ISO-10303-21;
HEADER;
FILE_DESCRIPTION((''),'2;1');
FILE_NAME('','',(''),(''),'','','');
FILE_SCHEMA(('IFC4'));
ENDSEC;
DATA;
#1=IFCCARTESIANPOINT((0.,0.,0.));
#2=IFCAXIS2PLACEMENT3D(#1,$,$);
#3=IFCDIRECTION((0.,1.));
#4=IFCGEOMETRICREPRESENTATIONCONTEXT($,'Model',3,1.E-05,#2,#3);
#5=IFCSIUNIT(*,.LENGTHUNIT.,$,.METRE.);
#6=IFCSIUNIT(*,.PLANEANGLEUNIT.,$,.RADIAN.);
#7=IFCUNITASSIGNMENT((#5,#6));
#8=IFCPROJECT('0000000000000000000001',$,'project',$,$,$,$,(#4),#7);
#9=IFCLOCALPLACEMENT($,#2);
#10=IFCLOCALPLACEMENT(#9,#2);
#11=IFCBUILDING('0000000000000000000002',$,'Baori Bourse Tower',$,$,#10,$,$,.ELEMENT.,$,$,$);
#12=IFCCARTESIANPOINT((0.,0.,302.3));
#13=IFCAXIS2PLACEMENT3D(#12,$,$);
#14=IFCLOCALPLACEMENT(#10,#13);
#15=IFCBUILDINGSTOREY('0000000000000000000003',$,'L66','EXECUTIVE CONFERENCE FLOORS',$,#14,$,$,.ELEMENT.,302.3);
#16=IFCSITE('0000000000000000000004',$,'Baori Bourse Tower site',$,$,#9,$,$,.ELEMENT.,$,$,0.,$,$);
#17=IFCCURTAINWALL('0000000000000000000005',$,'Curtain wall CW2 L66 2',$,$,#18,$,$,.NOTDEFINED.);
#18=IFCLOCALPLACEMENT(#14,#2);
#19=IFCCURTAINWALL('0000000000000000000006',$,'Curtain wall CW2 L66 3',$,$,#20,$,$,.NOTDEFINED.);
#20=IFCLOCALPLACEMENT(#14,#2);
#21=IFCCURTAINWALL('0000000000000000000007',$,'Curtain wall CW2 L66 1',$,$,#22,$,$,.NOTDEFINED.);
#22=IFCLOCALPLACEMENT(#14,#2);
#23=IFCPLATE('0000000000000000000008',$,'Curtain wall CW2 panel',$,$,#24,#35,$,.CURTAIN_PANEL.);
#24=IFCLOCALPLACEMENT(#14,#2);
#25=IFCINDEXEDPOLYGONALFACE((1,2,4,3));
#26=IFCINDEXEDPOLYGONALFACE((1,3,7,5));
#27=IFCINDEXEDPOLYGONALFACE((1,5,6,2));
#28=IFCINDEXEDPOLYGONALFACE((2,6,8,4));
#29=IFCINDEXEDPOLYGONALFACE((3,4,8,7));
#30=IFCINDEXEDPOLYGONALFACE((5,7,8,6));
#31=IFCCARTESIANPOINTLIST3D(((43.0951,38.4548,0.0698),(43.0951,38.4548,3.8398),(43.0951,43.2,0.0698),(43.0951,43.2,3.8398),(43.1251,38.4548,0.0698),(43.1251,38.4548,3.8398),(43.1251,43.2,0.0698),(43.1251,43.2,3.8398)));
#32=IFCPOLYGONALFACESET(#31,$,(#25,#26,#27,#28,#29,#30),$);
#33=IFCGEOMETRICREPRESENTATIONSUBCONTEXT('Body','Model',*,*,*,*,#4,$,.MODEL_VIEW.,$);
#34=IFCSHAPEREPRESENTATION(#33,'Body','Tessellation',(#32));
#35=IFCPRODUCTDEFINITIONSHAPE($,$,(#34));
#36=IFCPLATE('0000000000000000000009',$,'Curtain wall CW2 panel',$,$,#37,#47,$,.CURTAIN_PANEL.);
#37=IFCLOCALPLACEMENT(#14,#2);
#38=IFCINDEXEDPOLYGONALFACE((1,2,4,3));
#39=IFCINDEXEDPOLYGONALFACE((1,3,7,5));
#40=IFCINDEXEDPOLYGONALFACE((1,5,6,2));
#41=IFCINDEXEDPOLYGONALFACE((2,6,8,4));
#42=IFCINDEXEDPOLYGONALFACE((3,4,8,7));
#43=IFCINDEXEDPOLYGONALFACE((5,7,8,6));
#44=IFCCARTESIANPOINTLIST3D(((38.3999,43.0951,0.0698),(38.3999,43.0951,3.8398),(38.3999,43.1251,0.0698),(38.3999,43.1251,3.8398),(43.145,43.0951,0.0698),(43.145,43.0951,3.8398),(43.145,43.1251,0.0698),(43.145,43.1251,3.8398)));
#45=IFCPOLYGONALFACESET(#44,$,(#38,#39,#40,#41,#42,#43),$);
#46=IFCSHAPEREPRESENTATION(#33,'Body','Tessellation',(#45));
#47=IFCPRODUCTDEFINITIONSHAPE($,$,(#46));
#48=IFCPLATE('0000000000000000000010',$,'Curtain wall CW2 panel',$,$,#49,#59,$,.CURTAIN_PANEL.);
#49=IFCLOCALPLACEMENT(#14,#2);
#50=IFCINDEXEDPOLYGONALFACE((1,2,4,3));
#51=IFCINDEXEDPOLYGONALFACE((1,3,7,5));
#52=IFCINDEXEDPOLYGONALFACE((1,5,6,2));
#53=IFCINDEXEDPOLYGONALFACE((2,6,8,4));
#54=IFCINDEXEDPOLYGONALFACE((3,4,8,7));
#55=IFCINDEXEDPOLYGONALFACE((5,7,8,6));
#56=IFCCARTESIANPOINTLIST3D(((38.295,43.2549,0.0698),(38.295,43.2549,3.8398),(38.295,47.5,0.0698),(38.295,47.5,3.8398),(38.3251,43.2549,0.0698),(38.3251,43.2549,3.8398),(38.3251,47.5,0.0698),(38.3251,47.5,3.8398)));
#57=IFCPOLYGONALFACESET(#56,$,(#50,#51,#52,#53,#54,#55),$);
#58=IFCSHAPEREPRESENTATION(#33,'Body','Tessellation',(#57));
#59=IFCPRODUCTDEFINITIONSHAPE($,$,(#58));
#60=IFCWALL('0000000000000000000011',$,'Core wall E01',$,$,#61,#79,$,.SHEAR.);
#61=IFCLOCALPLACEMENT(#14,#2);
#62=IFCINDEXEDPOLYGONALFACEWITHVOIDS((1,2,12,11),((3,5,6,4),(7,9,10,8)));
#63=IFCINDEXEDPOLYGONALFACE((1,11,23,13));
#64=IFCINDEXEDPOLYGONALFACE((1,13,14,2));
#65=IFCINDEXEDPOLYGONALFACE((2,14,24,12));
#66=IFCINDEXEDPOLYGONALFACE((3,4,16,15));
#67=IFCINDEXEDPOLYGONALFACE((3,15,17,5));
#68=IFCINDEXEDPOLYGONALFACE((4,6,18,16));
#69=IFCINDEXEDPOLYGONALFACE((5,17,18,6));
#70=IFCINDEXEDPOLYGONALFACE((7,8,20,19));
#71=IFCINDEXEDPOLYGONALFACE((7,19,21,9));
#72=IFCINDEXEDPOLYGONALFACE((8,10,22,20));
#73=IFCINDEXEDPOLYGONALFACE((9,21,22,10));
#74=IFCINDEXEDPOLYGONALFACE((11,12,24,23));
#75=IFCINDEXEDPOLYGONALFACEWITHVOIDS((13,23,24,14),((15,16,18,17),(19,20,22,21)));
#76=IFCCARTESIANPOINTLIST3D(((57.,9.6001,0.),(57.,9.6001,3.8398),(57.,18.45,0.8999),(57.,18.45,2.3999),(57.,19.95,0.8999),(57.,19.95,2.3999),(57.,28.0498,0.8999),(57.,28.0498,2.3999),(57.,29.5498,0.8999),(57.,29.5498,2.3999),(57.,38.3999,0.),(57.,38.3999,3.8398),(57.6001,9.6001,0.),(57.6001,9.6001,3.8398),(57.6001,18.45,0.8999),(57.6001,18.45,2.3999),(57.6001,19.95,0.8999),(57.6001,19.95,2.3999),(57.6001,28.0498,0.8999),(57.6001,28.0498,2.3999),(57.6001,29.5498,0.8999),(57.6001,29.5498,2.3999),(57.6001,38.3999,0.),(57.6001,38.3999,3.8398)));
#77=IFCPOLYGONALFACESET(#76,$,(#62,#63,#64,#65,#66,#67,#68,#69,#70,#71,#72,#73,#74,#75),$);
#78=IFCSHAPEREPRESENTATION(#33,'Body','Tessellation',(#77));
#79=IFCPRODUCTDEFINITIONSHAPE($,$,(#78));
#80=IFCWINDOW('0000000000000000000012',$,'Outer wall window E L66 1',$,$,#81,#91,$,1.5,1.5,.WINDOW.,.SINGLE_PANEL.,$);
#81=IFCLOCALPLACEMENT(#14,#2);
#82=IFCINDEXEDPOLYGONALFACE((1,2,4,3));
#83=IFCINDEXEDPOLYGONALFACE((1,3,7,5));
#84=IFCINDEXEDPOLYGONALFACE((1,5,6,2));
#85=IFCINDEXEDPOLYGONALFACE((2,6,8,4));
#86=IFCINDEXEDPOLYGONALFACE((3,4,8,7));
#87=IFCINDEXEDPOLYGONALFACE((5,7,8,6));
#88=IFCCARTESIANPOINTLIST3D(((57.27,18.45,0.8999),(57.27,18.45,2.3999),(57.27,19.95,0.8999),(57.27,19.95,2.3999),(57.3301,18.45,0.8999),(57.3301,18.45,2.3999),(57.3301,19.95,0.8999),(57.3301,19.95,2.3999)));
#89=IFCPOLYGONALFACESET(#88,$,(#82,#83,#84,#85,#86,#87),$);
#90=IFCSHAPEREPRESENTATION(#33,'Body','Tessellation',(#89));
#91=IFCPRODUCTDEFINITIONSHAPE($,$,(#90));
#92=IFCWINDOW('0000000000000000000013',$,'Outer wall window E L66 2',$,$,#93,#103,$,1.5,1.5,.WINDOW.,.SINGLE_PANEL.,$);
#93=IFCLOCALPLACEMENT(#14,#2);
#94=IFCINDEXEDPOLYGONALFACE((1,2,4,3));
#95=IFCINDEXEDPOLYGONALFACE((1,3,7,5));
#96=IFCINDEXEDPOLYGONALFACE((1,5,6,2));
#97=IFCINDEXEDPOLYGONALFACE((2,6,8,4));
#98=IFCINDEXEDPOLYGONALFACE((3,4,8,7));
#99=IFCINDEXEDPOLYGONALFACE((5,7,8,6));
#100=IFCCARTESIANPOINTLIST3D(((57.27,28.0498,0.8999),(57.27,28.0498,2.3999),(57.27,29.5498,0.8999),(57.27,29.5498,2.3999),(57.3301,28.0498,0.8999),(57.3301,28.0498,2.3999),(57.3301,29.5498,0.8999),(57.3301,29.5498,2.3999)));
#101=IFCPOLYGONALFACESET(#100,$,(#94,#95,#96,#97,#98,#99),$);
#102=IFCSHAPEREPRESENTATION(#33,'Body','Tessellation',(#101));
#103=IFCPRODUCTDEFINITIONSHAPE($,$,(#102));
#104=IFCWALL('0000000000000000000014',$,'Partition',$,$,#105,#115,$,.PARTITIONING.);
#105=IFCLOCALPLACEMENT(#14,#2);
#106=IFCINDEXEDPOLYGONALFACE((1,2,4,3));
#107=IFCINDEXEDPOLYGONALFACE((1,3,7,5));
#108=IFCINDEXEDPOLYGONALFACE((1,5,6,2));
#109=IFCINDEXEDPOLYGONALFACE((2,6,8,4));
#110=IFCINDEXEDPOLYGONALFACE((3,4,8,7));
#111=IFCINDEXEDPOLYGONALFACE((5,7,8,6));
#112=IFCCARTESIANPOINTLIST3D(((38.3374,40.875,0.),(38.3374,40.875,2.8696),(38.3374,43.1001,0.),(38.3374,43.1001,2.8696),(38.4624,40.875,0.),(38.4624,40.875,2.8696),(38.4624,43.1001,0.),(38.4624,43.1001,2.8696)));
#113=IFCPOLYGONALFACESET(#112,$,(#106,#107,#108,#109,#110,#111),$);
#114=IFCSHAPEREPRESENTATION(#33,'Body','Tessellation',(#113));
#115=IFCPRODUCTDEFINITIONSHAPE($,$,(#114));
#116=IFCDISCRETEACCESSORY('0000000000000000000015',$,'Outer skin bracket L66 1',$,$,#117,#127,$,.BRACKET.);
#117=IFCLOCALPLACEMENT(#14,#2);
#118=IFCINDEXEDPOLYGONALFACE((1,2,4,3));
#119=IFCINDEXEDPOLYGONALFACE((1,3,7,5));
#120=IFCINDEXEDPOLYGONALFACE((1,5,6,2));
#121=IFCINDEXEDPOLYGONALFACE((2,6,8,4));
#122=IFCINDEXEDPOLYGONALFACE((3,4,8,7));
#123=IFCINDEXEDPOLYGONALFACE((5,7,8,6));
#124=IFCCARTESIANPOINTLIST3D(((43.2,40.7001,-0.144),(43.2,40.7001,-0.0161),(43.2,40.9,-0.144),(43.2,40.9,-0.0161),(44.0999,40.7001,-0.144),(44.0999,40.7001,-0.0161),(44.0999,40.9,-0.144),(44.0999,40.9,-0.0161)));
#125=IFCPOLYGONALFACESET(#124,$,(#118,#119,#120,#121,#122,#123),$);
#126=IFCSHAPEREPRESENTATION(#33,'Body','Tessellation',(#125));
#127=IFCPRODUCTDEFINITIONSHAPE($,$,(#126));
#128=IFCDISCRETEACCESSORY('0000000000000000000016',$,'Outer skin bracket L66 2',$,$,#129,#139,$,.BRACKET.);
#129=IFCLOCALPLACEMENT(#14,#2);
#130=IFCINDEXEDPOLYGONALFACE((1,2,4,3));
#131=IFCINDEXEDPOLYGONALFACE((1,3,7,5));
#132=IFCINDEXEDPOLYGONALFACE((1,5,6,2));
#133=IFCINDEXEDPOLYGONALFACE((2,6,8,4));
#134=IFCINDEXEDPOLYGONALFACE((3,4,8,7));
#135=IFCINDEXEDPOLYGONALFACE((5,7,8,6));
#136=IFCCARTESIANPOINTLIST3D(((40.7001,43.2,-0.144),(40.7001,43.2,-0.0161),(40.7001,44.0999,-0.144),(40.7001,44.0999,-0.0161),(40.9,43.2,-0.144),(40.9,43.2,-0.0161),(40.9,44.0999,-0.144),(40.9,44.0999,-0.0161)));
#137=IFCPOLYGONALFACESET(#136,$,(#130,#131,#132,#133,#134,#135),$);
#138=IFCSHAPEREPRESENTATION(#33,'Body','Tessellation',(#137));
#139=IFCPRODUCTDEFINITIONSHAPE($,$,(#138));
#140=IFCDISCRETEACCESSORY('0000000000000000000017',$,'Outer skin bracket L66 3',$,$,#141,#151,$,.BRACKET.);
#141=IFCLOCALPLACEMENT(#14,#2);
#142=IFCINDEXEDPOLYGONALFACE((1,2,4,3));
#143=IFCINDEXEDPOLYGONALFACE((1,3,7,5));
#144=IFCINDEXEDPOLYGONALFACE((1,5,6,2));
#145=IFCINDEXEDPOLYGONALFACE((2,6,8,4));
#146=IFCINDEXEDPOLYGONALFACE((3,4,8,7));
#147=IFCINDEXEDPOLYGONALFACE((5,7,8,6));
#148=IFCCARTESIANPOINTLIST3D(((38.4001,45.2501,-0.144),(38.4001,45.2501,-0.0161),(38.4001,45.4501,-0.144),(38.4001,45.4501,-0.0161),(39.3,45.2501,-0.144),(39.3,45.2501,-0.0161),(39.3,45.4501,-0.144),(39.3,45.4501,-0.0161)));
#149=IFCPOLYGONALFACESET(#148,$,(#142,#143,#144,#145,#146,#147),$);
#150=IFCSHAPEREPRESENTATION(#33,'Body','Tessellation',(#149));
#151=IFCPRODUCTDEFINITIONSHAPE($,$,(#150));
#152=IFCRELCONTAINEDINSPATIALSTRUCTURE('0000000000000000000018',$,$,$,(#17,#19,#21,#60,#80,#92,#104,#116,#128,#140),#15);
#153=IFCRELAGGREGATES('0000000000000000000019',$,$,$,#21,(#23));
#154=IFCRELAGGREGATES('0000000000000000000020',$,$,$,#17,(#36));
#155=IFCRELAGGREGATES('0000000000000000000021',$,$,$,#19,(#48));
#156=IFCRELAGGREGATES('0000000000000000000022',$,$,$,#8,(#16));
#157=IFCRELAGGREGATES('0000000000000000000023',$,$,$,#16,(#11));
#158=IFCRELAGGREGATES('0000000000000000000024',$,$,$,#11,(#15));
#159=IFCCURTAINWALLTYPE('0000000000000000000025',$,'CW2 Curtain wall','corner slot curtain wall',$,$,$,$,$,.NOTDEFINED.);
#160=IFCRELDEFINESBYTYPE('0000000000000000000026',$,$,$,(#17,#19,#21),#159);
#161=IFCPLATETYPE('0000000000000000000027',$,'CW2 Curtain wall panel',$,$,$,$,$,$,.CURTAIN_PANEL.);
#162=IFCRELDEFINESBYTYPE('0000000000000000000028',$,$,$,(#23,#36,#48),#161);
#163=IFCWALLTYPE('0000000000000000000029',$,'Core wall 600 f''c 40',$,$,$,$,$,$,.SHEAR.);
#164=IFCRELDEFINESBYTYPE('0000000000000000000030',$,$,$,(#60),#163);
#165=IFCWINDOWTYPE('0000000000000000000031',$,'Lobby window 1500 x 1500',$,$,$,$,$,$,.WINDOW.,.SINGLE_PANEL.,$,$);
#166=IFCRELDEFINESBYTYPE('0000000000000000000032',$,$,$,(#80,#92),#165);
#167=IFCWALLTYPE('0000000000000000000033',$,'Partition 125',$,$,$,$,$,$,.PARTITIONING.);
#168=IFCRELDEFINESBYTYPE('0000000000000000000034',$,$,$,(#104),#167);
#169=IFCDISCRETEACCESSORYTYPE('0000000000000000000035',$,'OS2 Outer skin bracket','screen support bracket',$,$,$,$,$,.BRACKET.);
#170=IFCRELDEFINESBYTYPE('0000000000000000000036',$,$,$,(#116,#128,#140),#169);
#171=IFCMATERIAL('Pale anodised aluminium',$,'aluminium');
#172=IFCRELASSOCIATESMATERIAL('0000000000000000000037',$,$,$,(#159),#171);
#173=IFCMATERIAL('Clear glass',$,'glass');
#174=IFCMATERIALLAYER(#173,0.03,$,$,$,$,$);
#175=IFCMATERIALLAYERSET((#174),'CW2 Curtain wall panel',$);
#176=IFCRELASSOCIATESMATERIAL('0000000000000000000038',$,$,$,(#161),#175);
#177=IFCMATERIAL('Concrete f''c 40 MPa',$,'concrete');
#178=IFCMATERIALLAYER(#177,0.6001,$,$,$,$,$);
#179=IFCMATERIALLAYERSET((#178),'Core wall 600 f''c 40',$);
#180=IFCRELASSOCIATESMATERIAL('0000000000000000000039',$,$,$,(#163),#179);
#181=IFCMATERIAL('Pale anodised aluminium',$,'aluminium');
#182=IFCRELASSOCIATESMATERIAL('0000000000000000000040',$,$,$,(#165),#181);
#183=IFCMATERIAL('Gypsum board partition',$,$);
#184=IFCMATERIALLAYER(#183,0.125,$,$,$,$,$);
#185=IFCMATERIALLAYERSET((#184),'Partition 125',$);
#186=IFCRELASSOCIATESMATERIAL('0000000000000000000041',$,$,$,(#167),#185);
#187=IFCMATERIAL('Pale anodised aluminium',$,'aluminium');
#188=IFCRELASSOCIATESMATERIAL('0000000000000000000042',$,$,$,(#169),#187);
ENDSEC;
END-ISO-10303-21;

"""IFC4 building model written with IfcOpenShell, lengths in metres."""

from ifc_helpers import new_model, si_unit, direction, frame, frame_2d, origin, origin_2d, place, context, subcontext, project, spatial, rectangle, extrude, material, layer, layer_set, type_object, element, fill, aggregate, save


model = new_model("IFC4")

# Units and contexts
model_context = context("Model", 3, precision=1e-05, world=origin(), true_north=direction((0.0, 1.0)))
body_context = subcontext(model_context, "Body", "Model", "MODEL_VIEW")
ifc_project = project(units=[si_unit("LENGTHUNIT", "METRE"), si_unit("PLANEANGLEUNIT", "RADIAN")], contexts=[model_context])

# Site, building, storey
site_placement = place(None, origin())
site = spatial("IfcSite", under=ifc_project, at=site_placement, Name="Baori Bourse Tower site", CompositionType="ELEMENT", RefElevation=0.0)
building_placement = place(site_placement, origin())
building = spatial("IfcBuilding", under=site, at=building_placement, Name="Baori Bourse Tower", CompositionType="ELEMENT")
storey_placement = place(building_placement, frame((0.0, 0.0, 302.3)))
storey = spatial("IfcBuildingStorey", under=building, at=storey_placement, Name="L66", Description="EXECUTIVE CONFERENCE FLOORS", CompositionType="ELEMENT", Elevation=302.3)

# Curtain walls
ifc_material_1 = material(Name="Pale anodised aluminium", Category="aluminium")
curtain_wall_type = type_object("IfcCurtainWallType", Name="CW2 Curtain wall", Description="corner slot curtain wall", PredefinedType="NOTDEFINED", material=ifc_material_1)
curtain_wall_1_placement = place(storey_placement, origin())
curtain_wall_1 = element("IfcCurtainWall", 1, at=curtain_wall_1_placement, inside=storey, type_object=curtain_wall_type, Name="Curtain wall CW2 L66 2", PredefinedType="NOTDEFINED")
curtain_wall_2_placement = place(storey_placement, origin())
curtain_wall_2 = element("IfcCurtainWall", 2, at=curtain_wall_2_placement, inside=storey, type_object=curtain_wall_type, Name="Curtain wall CW2 L66 3", PredefinedType="NOTDEFINED")
curtain_wall_3_placement = place(storey_placement, origin())
curtain_wall_3 = element("IfcCurtainWall", 3, at=curtain_wall_3_placement, inside=storey, type_object=curtain_wall_type, Name="Curtain wall CW2 L66 1", PredefinedType="NOTDEFINED")

# Plates
ifc_material_2 = material(Name="Clear glass", Category="glass")
ifc_layer_1 = layer(ifc_material_2, 0.03)
ifc_layer_set_1 = layer_set([ifc_layer_1], Name="CW2 Curtain wall panel")
plate_type = type_object("IfcPlateType", Name="CW2 Curtain wall panel", PredefinedType="CURTAIN_PANEL", material=ifc_layer_set_1)
plate_1_placement = place(storey_placement, frame((43.1101, 40.8274, 0.0698), z_axis=(0.0, 0.0, 1.0), x_axis=(0.0, 1.0, 0.0)))
plate_1 = element("IfcPlate", 4, at=plate_1_placement, type_object=plate_type, Name="Curtain wall CW2 panel", PredefinedType="CURTAIN_PANEL", context=body_context, shape_type="SweptSolid", body=[
    extrude(rectangle(XDim=4.7451, YDim=0.03, at=origin_2d()), origin(), (0.0, 0.0, 1.0), 3.77),
])
aggregate(curtain_wall_3, [plate_1])
plate_2_placement = place(storey_placement, frame((40.7725, 43.1101, 0.0698), z_axis=(0.0, 0.0, 1.0), x_axis=(-1.0, 0.0, 0.0)))
plate_2 = element("IfcPlate", 5, at=plate_2_placement, type_object=plate_type, Name="Curtain wall CW2 panel", PredefinedType="CURTAIN_PANEL", context=body_context, shape_type="SweptSolid", body=[
    extrude(rectangle(XDim=4.7451, YDim=0.03, at=origin_2d()), origin(), (0.0, 0.0, 1.0), 3.77),
])
aggregate(curtain_wall_1, [plate_2])
plate_3_placement = place(storey_placement, frame((38.3101, 45.3774, 0.0698), z_axis=(0.0, 0.0, 1.0), x_axis=(0.0, 1.0, 0.0)))
plate_3 = element("IfcPlate", 6, at=plate_3_placement, type_object=plate_type, Name="Curtain wall CW2 panel", PredefinedType="CURTAIN_PANEL", context=body_context, shape_type="SweptSolid", body=[
    extrude(rectangle(XDim=4.2451, YDim=0.03, at=origin_2d()), origin(), (0.0, 0.0, 1.0), 3.77),
])
aggregate(curtain_wall_2, [plate_3])

# Wall, openings, windows
ifc_material_3 = material(Name="Concrete f'c 40 MPa", Category="concrete")
ifc_layer_2 = layer(ifc_material_3, 0.6001)
ifc_layer_set_2 = layer_set([ifc_layer_2], Name="Core wall 600 f'c 40")
wall_type_1 = type_object("IfcWallType", Name="Core wall 600 f'c 40", PredefinedType="SHEAR", material=ifc_layer_set_2)
wall_1_placement = place(storey_placement, frame((57.3, 38.3999, 0.0), z_axis=(0.0, 0.0, 1.0), x_axis=(0.0, -1.0, 0.0)))
wall_1 = element("IfcWall", 7, at=wall_1_placement, inside=storey, type_object=wall_type_1, Name="Core wall E01", PredefinedType="SHEAR", context=body_context, shape_type="SweptSolid", body=[
    extrude(rectangle(XDim=28.7998, YDim=0.6001, at=frame_2d((14.3999, 0.0))), origin(), (0.0, 0.0, 1.0), 3.8398),
])
opening_1_placement = place(wall_1_placement, frame((18.45, 0.0, 0.8999)))
opening_1 = element("IfcOpeningElement", 8, at=opening_1_placement, cuts=wall_1, PredefinedType="OPENING", context=body_context, shape_type="SweptSolid", body=[
    extrude(rectangle(XDim=1.5, YDim=1.5, at=frame_2d((0.75, 0.75))), frame((0.0, 0.3101, 0.0), z_axis=(0.0, -1.0, 0.0), x_axis=(1.0, 0.0, 0.0)), (0.0, 0.0, 1.0), 0.6201),
])
opening_2_placement = place(wall_1_placement, frame((8.8501, 0.0, 0.8999)))
opening_2 = element("IfcOpeningElement", 9, at=opening_2_placement, cuts=wall_1, PredefinedType="OPENING", context=body_context, shape_type="SweptSolid", body=[
    extrude(rectangle(XDim=1.5, YDim=1.5, at=frame_2d((0.75, 0.75))), frame((0.0, 0.3101, 0.0), z_axis=(0.0, -1.0, 0.0), x_axis=(1.0, 0.0, 0.0)), (0.0, 0.0, 1.0), 0.6201),
])
ifc_material_4 = material(Name="Pale anodised aluminium", Category="aluminium")
window_type = type_object("IfcWindowType", Name="Lobby window 1500 x 1500", PartitioningType="SINGLE_PANEL", PredefinedType="WINDOW", material=ifc_material_4)
window_1_placement = place(opening_1_placement, origin())
window_1 = element("IfcWindow", 10, at=window_1_placement, inside=storey, type_object=window_type, Name="Outer wall window E L66 1", OverallHeight=1.5, OverallWidth=1.5, PartitioningType="SINGLE_PANEL", PredefinedType="WINDOW", context=body_context, shape_type="SweptSolid", body=[
    extrude(rectangle(XDim=1.5, YDim=1.5, at=frame_2d((0.75, 0.75))), frame((0.0, 0.03, 0.0), z_axis=(0.0, -1.0, 0.0), x_axis=(1.0, 0.0, 0.0)), (0.0, 0.0, 1.0), 0.0601),
])
fill(opening_1, window_1)
window_2_placement = place(opening_2_placement, origin())
window_2 = element("IfcWindow", 11, at=window_2_placement, inside=storey, type_object=window_type, Name="Outer wall window E L66 2", OverallHeight=1.5, OverallWidth=1.5, PartitioningType="SINGLE_PANEL", PredefinedType="WINDOW", context=body_context, shape_type="SweptSolid", body=[
    extrude(rectangle(XDim=1.5, YDim=1.5, at=frame_2d((0.75, 0.75))), frame((0.0, 0.03, 0.0), z_axis=(0.0, -1.0, 0.0), x_axis=(1.0, 0.0, 0.0)), (0.0, 0.0, 1.0), 0.0601),
])
fill(opening_2, window_2)

# Wall
ifc_material_5 = material(Name="Gypsum board partition")
ifc_layer_3 = layer(ifc_material_5, 0.125)
ifc_layer_set_3 = layer_set([ifc_layer_3], Name="Partition 125")
wall_type_2 = type_object("IfcWallType", Name="Partition 125", PredefinedType="PARTITIONING", material=ifc_layer_set_3)
wall_2_placement = place(storey_placement, frame((38.3999, 40.875, 0.0), z_axis=(0.0, 0.0, 1.0), x_axis=(0.0, 1.0, 0.0)))
element("IfcWall", 12, at=wall_2_placement, inside=storey, type_object=wall_type_2, Name="Partition", PredefinedType="PARTITIONING", context=body_context, shape_type="SweptSolid", body=[
    extrude(rectangle(XDim=2.2251, YDim=0.125, at=frame_2d((1.1125, 0.0))), origin(), (0.0, 0.0, 1.0), 2.8696),
])

# Discrete accessories
ifc_material_6 = material(Name="Pale anodised aluminium", Category="aluminium")
discrete_accessory_type = type_object("IfcDiscreteAccessoryType", Name="OS2 Outer skin bracket", Description="screen support bracket", PredefinedType="BRACKET", material=ifc_material_6)
for number, where, z_axis, x_axis, name in (
    (13, (43.6499, 40.8, -0.144), (0.0, 0.0, 1.0), (0.0, 1.0, 0.0), "Outer skin bracket L66 1"),
    (14, (40.8, 43.6499, -0.144), (0.0, 0.0, 1.0), (-1.0, 0.0, 0.0), "Outer skin bracket L66 2"),
    (15, (38.8501, 45.3501, -0.144), (0.0, 0.0, 1.0), (0.0, 1.0, 0.0), "Outer skin bracket L66 3"),
):
    element("IfcDiscreteAccessory", number, at=place(storey_placement, frame(where, z_axis=z_axis, x_axis=x_axis)), inside=storey, type_object=discrete_accessory_type, Name=name, PredefinedType="BRACKET", context=body_context, shape_type="SweptSolid", body=[
        extrude(rectangle(XDim=0.2, YDim=0.8999, at=origin_2d()), origin(), (0.0, 0.0, 1.0), 0.1279),
    ])

save(model, "model.ifc")
